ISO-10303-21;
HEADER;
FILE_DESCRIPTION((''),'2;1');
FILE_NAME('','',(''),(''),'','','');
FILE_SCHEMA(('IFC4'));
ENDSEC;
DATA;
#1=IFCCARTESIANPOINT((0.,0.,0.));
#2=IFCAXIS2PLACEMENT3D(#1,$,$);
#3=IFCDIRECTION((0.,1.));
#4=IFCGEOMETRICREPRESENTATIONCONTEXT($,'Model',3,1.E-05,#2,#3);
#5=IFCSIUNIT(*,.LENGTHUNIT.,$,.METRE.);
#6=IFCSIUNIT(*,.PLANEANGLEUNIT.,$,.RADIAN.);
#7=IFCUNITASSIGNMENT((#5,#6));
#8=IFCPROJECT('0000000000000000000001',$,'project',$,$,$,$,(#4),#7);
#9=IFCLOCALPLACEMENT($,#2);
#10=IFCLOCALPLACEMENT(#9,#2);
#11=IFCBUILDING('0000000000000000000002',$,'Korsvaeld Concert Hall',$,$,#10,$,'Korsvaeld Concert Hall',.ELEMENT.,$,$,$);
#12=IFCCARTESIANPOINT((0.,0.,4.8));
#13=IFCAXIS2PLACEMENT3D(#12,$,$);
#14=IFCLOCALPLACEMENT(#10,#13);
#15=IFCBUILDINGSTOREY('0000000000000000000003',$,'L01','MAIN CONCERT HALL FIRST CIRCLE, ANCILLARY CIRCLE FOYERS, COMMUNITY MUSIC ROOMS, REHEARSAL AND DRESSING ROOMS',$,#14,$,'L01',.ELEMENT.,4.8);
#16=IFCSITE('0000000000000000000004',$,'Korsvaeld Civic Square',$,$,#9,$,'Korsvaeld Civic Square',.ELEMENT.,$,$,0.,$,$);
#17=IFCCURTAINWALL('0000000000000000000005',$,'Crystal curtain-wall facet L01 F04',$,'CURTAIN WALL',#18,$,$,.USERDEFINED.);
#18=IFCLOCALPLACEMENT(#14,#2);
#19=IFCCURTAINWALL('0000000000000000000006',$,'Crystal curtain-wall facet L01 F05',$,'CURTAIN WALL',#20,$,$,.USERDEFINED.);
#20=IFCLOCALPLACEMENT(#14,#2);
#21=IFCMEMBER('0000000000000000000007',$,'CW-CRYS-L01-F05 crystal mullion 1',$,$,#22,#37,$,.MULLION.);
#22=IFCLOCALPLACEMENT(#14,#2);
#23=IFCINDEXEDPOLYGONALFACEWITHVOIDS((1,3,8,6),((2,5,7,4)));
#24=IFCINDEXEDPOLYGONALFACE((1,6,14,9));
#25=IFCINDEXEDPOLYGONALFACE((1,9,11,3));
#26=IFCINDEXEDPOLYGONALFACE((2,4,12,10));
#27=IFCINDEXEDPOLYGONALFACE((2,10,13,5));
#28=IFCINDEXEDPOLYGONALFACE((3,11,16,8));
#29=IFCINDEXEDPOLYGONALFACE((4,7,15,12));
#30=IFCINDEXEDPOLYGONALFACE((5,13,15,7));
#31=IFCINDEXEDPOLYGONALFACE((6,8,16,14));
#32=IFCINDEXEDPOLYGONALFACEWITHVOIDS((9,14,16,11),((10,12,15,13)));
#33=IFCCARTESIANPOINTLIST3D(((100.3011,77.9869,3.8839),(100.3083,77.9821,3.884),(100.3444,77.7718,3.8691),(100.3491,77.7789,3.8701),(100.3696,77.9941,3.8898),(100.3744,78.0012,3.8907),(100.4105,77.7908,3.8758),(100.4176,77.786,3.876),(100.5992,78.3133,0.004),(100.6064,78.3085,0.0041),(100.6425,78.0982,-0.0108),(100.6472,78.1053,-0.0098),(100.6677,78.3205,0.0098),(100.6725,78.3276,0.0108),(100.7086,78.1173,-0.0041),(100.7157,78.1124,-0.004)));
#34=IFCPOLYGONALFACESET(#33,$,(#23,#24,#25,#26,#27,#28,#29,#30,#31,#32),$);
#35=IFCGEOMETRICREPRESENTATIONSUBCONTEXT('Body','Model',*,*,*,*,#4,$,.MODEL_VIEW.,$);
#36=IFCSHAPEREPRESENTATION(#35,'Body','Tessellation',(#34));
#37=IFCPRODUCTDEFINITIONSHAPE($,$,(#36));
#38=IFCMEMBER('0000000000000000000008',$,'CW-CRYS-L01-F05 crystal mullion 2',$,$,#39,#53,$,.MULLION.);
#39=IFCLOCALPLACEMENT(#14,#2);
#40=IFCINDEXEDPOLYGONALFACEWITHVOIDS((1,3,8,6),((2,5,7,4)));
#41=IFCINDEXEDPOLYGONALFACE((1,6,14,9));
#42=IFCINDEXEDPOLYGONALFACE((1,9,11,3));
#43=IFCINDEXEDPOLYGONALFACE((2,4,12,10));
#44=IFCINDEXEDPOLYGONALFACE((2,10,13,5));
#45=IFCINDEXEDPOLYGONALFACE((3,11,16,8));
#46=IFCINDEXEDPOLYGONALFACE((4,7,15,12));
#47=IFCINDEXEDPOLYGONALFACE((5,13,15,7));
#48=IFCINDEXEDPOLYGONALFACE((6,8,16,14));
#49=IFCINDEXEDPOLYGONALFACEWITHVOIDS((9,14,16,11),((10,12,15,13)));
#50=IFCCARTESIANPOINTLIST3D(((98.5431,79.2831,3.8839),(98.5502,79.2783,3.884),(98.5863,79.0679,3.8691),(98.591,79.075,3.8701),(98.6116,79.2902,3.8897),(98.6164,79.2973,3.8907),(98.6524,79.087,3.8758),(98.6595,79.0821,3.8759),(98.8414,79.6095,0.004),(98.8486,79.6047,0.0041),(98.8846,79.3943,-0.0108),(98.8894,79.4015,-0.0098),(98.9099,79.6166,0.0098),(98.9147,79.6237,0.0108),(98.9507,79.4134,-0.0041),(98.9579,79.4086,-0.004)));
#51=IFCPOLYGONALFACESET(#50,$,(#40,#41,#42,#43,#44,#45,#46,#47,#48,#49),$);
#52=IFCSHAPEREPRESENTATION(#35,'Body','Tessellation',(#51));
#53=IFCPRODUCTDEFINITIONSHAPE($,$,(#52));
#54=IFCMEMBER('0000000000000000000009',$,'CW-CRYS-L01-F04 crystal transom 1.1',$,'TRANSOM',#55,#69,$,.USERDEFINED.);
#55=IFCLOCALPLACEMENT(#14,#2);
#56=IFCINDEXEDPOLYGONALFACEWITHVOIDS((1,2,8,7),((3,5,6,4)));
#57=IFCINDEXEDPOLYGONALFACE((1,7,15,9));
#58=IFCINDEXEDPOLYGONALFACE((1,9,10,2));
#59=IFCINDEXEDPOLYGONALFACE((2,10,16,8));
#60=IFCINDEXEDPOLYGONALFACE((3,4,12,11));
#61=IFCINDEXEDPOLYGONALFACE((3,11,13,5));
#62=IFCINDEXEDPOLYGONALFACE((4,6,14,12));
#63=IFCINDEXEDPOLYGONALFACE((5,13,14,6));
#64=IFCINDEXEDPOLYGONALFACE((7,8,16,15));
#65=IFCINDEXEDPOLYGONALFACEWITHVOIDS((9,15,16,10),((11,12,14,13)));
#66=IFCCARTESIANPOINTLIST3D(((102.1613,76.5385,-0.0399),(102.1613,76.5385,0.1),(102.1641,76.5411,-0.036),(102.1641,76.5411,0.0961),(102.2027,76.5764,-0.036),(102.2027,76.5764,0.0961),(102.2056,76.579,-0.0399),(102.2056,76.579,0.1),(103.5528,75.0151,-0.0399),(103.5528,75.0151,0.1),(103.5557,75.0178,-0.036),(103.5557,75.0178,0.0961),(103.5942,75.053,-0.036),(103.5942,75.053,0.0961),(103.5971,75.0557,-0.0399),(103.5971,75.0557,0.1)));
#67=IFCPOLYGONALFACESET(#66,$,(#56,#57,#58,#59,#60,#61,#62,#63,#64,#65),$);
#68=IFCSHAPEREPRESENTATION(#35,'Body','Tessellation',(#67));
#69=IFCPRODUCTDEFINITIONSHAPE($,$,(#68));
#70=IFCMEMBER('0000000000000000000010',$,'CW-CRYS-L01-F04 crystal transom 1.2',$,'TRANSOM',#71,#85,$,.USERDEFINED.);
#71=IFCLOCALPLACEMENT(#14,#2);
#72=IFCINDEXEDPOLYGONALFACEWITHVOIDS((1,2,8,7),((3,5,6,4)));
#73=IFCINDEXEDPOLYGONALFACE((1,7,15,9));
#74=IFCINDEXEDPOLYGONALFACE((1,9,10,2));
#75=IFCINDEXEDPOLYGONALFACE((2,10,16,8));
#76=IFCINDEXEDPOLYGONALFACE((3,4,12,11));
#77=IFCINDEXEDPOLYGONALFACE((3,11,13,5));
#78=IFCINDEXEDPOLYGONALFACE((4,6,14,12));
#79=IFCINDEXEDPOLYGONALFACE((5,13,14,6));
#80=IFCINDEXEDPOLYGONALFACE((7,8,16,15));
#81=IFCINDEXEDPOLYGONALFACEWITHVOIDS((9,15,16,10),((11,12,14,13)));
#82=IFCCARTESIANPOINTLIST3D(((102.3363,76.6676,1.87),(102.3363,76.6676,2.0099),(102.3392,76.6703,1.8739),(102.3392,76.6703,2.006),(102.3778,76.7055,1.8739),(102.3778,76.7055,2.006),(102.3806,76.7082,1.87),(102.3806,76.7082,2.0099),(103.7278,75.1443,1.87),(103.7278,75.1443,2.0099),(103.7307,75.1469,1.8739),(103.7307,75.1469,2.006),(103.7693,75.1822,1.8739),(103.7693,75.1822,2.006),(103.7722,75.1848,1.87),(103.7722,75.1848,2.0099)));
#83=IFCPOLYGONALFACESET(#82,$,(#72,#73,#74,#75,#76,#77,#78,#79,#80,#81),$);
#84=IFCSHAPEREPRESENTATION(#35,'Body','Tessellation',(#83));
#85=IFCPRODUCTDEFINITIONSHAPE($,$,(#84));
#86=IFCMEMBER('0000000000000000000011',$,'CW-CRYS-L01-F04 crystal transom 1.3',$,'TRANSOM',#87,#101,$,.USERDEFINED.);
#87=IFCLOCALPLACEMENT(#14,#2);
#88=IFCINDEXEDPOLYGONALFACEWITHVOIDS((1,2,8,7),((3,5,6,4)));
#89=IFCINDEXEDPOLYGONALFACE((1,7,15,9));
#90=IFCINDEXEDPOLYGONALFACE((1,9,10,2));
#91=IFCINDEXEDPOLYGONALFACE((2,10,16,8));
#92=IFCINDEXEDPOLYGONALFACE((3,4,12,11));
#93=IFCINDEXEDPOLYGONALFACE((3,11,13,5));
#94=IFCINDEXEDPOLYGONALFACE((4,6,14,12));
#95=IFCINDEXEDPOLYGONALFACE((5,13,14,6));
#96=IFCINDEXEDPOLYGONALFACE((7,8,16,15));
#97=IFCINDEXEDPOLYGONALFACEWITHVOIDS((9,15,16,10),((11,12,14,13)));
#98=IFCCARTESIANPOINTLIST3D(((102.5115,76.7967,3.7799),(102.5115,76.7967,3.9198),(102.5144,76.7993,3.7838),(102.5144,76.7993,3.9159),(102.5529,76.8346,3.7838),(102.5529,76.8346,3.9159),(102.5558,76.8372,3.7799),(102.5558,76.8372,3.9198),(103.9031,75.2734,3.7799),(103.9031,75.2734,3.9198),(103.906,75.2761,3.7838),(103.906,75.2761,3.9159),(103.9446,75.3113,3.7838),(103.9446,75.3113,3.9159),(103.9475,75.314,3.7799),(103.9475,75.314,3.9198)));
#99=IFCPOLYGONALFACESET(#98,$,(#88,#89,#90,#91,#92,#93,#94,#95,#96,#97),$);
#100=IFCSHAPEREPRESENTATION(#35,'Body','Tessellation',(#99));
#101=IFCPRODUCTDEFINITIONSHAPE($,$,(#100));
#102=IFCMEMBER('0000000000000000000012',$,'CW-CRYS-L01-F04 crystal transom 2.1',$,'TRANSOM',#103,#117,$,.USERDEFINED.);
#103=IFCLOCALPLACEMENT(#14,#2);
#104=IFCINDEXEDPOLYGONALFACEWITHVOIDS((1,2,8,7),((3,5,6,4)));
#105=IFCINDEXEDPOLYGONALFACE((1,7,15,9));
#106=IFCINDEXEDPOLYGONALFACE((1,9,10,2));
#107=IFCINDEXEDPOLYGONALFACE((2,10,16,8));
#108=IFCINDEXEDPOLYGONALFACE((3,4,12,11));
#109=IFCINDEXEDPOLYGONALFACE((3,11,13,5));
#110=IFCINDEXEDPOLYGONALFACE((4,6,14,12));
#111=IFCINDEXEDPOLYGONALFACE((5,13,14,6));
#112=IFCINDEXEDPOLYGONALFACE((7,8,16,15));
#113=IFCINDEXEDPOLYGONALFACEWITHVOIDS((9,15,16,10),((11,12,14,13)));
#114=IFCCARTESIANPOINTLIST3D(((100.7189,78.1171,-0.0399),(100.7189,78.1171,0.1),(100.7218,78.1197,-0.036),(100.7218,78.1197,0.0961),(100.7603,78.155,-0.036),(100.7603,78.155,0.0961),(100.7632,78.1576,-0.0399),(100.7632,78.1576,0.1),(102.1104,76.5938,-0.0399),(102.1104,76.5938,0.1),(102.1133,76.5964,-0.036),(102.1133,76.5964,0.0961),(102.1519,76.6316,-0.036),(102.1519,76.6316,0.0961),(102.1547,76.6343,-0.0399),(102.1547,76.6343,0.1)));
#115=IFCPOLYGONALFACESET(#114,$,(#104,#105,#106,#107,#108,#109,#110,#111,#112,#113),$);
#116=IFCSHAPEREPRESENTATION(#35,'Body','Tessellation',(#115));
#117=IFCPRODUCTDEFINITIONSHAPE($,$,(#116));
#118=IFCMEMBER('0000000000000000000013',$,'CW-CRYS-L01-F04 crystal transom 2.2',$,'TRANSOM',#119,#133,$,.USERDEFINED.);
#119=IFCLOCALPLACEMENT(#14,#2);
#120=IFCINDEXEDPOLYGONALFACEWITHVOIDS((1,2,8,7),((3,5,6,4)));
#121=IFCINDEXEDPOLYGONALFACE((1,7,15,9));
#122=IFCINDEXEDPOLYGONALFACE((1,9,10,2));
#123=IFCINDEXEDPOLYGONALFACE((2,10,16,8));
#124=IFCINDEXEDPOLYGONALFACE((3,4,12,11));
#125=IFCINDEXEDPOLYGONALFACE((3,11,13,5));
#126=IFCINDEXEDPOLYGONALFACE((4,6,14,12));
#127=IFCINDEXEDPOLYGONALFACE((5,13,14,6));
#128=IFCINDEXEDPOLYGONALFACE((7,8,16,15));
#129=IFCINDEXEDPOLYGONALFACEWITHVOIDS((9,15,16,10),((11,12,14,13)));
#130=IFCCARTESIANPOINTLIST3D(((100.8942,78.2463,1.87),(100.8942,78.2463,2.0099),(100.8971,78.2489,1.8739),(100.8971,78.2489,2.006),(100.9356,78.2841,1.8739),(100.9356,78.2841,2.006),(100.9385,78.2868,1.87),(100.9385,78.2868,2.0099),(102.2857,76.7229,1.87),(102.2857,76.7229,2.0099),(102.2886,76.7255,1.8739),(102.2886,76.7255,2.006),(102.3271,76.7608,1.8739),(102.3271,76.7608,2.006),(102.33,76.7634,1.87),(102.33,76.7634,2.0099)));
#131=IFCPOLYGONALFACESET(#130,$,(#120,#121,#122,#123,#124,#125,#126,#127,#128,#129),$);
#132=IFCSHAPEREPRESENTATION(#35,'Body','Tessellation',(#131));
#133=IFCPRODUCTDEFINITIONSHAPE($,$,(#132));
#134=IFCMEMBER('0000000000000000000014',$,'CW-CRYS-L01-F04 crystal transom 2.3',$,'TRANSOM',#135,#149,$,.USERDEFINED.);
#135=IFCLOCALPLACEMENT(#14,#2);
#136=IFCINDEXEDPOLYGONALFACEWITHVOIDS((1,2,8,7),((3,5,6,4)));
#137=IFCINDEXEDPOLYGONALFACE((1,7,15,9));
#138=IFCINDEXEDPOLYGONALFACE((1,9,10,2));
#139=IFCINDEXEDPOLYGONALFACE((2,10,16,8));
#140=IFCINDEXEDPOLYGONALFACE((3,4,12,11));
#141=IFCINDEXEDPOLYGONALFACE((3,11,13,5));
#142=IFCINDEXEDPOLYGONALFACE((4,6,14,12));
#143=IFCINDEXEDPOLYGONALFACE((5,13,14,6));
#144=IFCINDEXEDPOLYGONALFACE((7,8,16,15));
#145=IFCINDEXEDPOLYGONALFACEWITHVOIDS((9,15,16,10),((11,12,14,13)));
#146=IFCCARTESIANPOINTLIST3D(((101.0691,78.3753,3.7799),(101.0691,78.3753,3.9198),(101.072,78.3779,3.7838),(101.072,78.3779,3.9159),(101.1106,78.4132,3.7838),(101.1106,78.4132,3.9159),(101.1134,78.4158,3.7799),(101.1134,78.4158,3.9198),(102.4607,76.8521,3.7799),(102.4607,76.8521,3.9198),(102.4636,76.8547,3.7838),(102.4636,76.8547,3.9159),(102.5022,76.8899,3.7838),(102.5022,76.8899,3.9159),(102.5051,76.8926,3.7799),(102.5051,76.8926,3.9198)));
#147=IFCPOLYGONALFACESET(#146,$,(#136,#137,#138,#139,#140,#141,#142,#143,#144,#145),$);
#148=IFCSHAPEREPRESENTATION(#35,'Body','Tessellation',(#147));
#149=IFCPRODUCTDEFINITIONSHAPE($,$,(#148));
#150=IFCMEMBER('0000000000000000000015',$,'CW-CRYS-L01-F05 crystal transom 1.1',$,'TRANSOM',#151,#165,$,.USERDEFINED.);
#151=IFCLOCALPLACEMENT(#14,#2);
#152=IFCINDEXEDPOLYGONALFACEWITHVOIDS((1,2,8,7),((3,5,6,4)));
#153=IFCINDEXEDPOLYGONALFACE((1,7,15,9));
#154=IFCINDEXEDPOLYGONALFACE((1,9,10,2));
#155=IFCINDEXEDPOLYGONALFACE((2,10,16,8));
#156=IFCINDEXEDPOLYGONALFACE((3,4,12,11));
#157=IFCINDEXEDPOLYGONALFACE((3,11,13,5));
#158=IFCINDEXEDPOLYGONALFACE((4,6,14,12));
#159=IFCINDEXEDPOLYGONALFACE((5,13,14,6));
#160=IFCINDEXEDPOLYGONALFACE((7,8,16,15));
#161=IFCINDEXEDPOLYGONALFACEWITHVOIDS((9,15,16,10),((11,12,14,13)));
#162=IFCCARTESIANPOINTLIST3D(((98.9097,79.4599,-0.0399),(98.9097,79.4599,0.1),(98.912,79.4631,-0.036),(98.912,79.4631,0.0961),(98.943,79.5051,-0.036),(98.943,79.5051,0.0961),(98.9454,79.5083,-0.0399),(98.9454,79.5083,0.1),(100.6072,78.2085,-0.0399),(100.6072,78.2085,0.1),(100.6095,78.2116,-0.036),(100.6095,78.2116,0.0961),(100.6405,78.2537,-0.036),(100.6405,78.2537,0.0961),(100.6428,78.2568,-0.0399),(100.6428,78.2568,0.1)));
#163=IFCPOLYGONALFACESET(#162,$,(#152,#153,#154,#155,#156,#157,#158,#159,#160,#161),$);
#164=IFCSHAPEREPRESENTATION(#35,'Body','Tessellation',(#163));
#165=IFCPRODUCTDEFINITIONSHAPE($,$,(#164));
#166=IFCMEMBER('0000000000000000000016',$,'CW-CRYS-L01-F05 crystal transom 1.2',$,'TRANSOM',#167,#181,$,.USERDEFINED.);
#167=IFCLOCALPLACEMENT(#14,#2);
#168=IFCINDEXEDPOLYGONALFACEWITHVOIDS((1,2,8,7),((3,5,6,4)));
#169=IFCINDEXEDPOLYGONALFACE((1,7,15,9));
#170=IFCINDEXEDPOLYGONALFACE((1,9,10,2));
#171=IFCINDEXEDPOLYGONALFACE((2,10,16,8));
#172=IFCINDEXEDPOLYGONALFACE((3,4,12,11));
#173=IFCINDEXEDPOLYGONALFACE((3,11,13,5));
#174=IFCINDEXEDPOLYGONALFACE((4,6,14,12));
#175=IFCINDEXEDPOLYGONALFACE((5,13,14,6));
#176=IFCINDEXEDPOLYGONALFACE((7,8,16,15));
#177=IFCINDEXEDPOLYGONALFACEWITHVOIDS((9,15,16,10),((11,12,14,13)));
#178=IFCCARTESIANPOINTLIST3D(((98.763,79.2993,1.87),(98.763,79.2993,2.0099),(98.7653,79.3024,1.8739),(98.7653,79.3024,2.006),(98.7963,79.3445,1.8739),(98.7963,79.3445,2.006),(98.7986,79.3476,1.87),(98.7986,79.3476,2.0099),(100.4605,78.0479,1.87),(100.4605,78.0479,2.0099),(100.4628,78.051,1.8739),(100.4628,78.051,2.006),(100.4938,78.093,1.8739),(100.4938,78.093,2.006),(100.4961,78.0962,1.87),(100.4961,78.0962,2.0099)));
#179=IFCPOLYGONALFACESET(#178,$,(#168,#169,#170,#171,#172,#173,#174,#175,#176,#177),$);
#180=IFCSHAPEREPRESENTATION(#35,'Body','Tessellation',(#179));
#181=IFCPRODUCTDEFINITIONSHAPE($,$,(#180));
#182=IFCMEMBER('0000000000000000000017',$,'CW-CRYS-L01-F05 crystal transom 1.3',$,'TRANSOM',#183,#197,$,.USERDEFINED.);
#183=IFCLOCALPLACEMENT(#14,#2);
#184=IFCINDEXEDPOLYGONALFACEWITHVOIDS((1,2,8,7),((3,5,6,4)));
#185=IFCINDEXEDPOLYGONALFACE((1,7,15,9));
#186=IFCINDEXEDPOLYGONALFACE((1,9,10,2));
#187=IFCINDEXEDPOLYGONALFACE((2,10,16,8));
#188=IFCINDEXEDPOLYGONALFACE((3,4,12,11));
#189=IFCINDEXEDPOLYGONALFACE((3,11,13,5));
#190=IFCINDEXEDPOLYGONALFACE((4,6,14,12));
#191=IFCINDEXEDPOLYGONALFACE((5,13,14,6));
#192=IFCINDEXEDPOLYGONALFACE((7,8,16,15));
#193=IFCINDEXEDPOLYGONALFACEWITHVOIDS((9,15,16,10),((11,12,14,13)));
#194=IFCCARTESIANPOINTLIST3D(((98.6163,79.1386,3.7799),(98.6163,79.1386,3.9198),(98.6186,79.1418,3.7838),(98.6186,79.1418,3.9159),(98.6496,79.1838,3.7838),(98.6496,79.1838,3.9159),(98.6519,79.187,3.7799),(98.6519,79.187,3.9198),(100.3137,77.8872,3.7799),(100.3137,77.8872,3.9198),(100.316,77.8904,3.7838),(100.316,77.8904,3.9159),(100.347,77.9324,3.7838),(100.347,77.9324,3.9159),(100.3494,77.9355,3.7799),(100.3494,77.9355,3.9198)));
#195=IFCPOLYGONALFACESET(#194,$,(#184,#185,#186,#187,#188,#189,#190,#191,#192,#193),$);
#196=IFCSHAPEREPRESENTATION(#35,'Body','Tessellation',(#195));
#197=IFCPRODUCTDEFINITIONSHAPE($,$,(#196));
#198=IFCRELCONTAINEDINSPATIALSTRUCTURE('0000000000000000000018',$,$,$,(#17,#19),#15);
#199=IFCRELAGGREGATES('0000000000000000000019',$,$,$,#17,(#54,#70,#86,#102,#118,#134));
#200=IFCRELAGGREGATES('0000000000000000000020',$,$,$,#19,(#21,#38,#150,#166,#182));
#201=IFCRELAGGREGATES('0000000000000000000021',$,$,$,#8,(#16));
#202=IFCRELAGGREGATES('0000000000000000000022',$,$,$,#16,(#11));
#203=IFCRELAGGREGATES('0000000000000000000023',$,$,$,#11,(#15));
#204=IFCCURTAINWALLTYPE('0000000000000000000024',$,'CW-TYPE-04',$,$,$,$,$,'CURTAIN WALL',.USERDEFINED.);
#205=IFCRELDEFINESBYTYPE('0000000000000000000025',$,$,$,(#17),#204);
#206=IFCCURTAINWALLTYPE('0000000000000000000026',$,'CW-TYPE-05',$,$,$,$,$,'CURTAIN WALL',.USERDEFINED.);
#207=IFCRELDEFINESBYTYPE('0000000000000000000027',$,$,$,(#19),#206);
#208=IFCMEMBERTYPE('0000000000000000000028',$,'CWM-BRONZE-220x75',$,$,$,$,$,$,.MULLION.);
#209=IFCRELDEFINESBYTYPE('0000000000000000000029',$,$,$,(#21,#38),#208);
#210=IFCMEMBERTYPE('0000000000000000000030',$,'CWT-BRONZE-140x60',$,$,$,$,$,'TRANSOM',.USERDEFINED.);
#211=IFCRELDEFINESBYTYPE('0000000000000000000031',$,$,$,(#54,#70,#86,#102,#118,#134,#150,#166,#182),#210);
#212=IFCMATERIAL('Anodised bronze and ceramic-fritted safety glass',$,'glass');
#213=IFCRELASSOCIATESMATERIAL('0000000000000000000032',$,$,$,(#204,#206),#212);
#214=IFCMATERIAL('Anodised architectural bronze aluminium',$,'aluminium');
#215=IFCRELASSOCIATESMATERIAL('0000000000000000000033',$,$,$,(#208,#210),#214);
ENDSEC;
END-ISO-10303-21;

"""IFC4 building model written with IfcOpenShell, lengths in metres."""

from ifc_helpers import new_model, si_unit, direction, frame, origin, origin_2d, place, context, subcontext, project, spatial, hollow_rectangle, extrude, material, material_profile, profile_set, type_object, element, aggregate, save


model = new_model("IFC4")

# Units and contexts
model_context = context("Model", 3, precision=1e-05, world=origin(), true_north=direction((0.0, 1.0)))
body_context = subcontext(model_context, "Body", "Model", "MODEL_VIEW")
ifc_project = project(units=[si_unit("LENGTHUNIT", "METRE"), si_unit("PLANEANGLEUNIT", "RADIAN")], contexts=[model_context])

# Site, building, storey
site_placement = place(None, origin())
site = spatial("IfcSite", under=ifc_project, at=site_placement, Name="Korsvaeld Civic Square", LongName="Korsvaeld Civic Square", CompositionType="ELEMENT", RefElevation=0.0)
building_placement = place(site_placement, origin())
building = spatial("IfcBuilding", under=site, at=building_placement, Name="Korsvaeld Concert Hall", LongName="Korsvaeld Concert Hall", CompositionType="ELEMENT")
storey_placement = place(building_placement, frame((0.0, 0.0, 4.8)))
storey = spatial("IfcBuildingStorey", under=building, at=storey_placement, Name="L01", Description="MAIN CONCERT HALL FIRST CIRCLE, ANCILLARY CIRCLE FOYERS, COMMUNITY MUSIC ROOMS, REHEARSAL AND DRESSING ROOMS", LongName="L01", CompositionType="ELEMENT", Elevation=4.8)

# Curtain wall
ifc_material_1 = material(Name="Anodised bronze and ceramic-fritted safety glass", Category="glass")
curtain_wall_type_1 = type_object("IfcCurtainWallType", Name="CW-TYPE-04", ElementType="CURTAIN WALL", PredefinedType="USERDEFINED", material=ifc_material_1)
curtain_wall_1_placement = place(storey_placement, origin())
curtain_wall_1 = element("IfcCurtainWall", 1, at=curtain_wall_1_placement, inside=storey, type_object=curtain_wall_type_1, Name="Crystal curtain-wall facet L01 F04", ObjectType="CURTAIN WALL", PredefinedType="USERDEFINED")
ifc_material_2 = material(Name="Anodised architectural bronze aluminium", Category="aluminium")

# Shared definitions
ifc_material_profile_1 = material_profile(ifc_material_2, hollow_rectangle(XDim=0.075, YDim=0.22, WallThickness=0.0061, at=origin_2d()), Name="CWM 220x75x6")
ifc_profile_set_1 = profile_set([ifc_material_profile_1], Name="Anodised architectural bronze aluminium")
member_type_1 = type_object("IfcMemberType", Name="CWM-BRONZE-220x75", PredefinedType="MULLION", material=ifc_profile_set_1)

# Curtain wall, members
curtain_wall_type_2 = type_object("IfcCurtainWallType", Name="CW-TYPE-05", ElementType="CURTAIN WALL", PredefinedType="USERDEFINED", material=ifc_material_1)
curtain_wall_2_placement = place(storey_placement, origin())
curtain_wall_2 = element("IfcCurtainWall", 2, at=curtain_wall_2_placement, inside=storey, type_object=curtain_wall_type_2, Name="Crystal curtain-wall facet L01 F05", ObjectType="CURTAIN WALL", PredefinedType="USERDEFINED")
member_1_placement = place(storey_placement, frame((100.6575, 78.2129, 0.0), z_axis=(-0.076337, -0.08359, 0.993572), x_axis=(-0.977475, -0.190372, -0.091116)))
member_1 = element("IfcMember", 3, at=member_1_placement, type_object=member_type_1, Name="CW-CRYS-L01-F05 crystal mullion 1", PredefinedType="MULLION", context=body_context, shape_type="SweptSolid", body=[
    extrude(hollow_rectangle(XDim=0.075, YDim=0.22, WallThickness=0.0061, at=origin_2d()), origin(), (0.0, 0.0, 1.0), 3.905),
])
member_2_placement = place(storey_placement, frame((98.8997, 79.509, 0.0), z_axis=(-0.076399, -0.083589, 0.993567), x_axis=(-0.977549, -0.18997, -0.09115)))
member_2 = element("IfcMember", 4, at=member_2_placement, type_object=member_type_1, Name="CW-CRYS-L01-F05 crystal mullion 2", PredefinedType="MULLION", context=body_context, shape_type="SweptSolid", body=[
    extrude(hollow_rectangle(XDim=0.075, YDim=0.22, WallThickness=0.0061, at=origin_2d()), origin(), (0.0, 0.0, 1.0), 3.905),
])

# Members
ifc_material_profile_2 = material_profile(ifc_material_2, hollow_rectangle(XDim=0.0601, YDim=0.1399, WallThickness=0.0039, at=origin_2d()), Name="CWT 140x60x4")
ifc_profile_set_2 = profile_set([ifc_material_profile_2], Name="Anodised architectural bronze aluminium")
member_type_2 = type_object("IfcMemberType", Name="CWT-BRONZE-140x60", ElementType="TRANSOM", PredefinedType="USERDEFINED", material=ifc_profile_set_2)
member_3_placement = place(storey_placement, frame((103.575, 75.0354, 0.03), z_axis=(-0.674438, 0.738332, 0.0), x_axis=(-0.738332, -0.674438, 0.0)))
member_3 = element("IfcMember", 5, at=member_3_placement, type_object=member_type_2, Name="CW-CRYS-L01-F04 crystal transom 1.1", ObjectType="TRANSOM", PredefinedType="USERDEFINED", context=body_context, shape_type="SweptSolid", body=[
    extrude(hollow_rectangle(XDim=0.0601, YDim=0.1399, WallThickness=0.0039, at=origin_2d()), origin(), (0.0, 0.0, 1.0), 2.0632),
])
member_4_placement = place(storey_placement, frame((103.75, 75.1646, 1.9399), z_axis=(-0.674438, 0.738332, 0.0), x_axis=(-0.738332, -0.674438, 0.0)))
member_4 = element("IfcMember", 6, at=member_4_placement, type_object=member_type_2, Name="CW-CRYS-L01-F04 crystal transom 1.2", ObjectType="TRANSOM", PredefinedType="USERDEFINED", context=body_context, shape_type="SweptSolid", body=[
    extrude(hollow_rectangle(XDim=0.0601, YDim=0.1399, WallThickness=0.0039, at=origin_2d()), origin(), (0.0, 0.0, 1.0), 2.0632),
])
member_5_placement = place(storey_placement, frame((103.9253, 75.2937, 3.8499), z_axis=(-0.674497, 0.738278, 0.0), x_axis=(-0.738278, -0.674497, 0.0)))
member_5 = element("IfcMember", 7, at=member_5_placement, type_object=member_type_2, Name="CW-CRYS-L01-F04 crystal transom 1.3", ObjectType="TRANSOM", PredefinedType="USERDEFINED", context=body_context, shape_type="SweptSolid", body=[
    extrude(hollow_rectangle(XDim=0.0601, YDim=0.1399, WallThickness=0.0039, at=origin_2d()), origin(), (0.0, 0.0, 1.0), 2.0632),
])
member_6_placement = place(storey_placement, frame((102.1326, 76.614, 0.03), z_axis=(-0.674438, 0.738332, 0.0), x_axis=(-0.738332, -0.674438, 0.0)))
member_6 = element("IfcMember", 8, at=member_6_placement, type_object=member_type_2, Name="CW-CRYS-L01-F04 crystal transom 2.1", ObjectType="TRANSOM", PredefinedType="USERDEFINED", context=body_context, shape_type="SweptSolid", body=[
    extrude(hollow_rectangle(XDim=0.0601, YDim=0.1399, WallThickness=0.0039, at=origin_2d()), origin(), (0.0, 0.0, 1.0), 2.0632),
])
member_7_placement = place(storey_placement, frame((102.3079, 76.7432, 1.9399), z_axis=(-0.674438, 0.738332, 0.0), x_axis=(-0.738332, -0.674438, 0.0)))
member_7 = element("IfcMember", 9, at=member_7_placement, type_object=member_type_2, Name="CW-CRYS-L01-F04 crystal transom 2.2", ObjectType="TRANSOM", PredefinedType="USERDEFINED", context=body_context, shape_type="SweptSolid", body=[
    extrude(hollow_rectangle(XDim=0.0601, YDim=0.1399, WallThickness=0.0039, at=origin_2d()), origin(), (0.0, 0.0, 1.0), 2.0632),
])
member_8_placement = place(storey_placement, frame((102.4829, 76.8723, 3.8499), z_axis=(-0.674497, 0.738278, 0.0), x_axis=(-0.738278, -0.674497, 0.0)))
member_8 = element("IfcMember", 10, at=member_8_placement, type_object=member_type_2, Name="CW-CRYS-L01-F04 crystal transom 2.3", ObjectType="TRANSOM", PredefinedType="USERDEFINED", context=body_context, shape_type="SweptSolid", body=[
    extrude(hollow_rectangle(XDim=0.0601, YDim=0.1399, WallThickness=0.0039, at=origin_2d()), origin(), (0.0, 0.0, 1.0), 2.0632),
])
member_9_placement = place(storey_placement, frame((100.625, 78.2327, 0.03), z_axis=(-0.804905, 0.593404, 0.0), x_axis=(-0.593404, -0.804905, 0.0)))
member_9 = element("IfcMember", 11, at=member_9_placement, type_object=member_type_2, Name="CW-CRYS-L01-F05 crystal transom 1.1", ObjectType="TRANSOM", PredefinedType="USERDEFINED", context=body_context, shape_type="SweptSolid", body=[
    extrude(hollow_rectangle(XDim=0.0601, YDim=0.1399, WallThickness=0.0039, at=origin_2d()), origin(), (0.0, 0.0, 1.0), 2.1089),
])
member_10_placement = place(storey_placement, frame((100.4783, 78.072, 1.9399), z_axis=(-0.804905, 0.593404, 0.0), x_axis=(-0.593404, -0.804905, 0.0)))
member_10 = element("IfcMember", 12, at=member_10_placement, type_object=member_type_2, Name="CW-CRYS-L01-F05 crystal transom 1.2", ObjectType="TRANSOM", PredefinedType="USERDEFINED", context=body_context, shape_type="SweptSolid", body=[
    extrude(hollow_rectangle(XDim=0.0601, YDim=0.1399, WallThickness=0.0039, at=origin_2d()), origin(), (0.0, 0.0, 1.0), 2.1089),
])
member_11_placement = place(storey_placement, frame((100.3315, 77.9114, 3.8499), z_axis=(-0.804905, 0.593404, 0.0), x_axis=(-0.593404, -0.804905, 0.0)))
member_11 = element("IfcMember", 13, at=member_11_placement, type_object=member_type_2, Name="CW-CRYS-L01-F05 crystal transom 1.3", ObjectType="TRANSOM", PredefinedType="USERDEFINED", context=body_context, shape_type="SweptSolid", body=[
    extrude(hollow_rectangle(XDim=0.0601, YDim=0.1399, WallThickness=0.0039, at=origin_2d()), origin(), (0.0, 0.0, 1.0), 2.1089),
])

aggregate(curtain_wall_1, [member_3, member_4, member_5, member_6, member_7, member_8])
aggregate(curtain_wall_2, [member_1, member_2, member_9, member_10, member_11])

save(model, "model.ifc")
